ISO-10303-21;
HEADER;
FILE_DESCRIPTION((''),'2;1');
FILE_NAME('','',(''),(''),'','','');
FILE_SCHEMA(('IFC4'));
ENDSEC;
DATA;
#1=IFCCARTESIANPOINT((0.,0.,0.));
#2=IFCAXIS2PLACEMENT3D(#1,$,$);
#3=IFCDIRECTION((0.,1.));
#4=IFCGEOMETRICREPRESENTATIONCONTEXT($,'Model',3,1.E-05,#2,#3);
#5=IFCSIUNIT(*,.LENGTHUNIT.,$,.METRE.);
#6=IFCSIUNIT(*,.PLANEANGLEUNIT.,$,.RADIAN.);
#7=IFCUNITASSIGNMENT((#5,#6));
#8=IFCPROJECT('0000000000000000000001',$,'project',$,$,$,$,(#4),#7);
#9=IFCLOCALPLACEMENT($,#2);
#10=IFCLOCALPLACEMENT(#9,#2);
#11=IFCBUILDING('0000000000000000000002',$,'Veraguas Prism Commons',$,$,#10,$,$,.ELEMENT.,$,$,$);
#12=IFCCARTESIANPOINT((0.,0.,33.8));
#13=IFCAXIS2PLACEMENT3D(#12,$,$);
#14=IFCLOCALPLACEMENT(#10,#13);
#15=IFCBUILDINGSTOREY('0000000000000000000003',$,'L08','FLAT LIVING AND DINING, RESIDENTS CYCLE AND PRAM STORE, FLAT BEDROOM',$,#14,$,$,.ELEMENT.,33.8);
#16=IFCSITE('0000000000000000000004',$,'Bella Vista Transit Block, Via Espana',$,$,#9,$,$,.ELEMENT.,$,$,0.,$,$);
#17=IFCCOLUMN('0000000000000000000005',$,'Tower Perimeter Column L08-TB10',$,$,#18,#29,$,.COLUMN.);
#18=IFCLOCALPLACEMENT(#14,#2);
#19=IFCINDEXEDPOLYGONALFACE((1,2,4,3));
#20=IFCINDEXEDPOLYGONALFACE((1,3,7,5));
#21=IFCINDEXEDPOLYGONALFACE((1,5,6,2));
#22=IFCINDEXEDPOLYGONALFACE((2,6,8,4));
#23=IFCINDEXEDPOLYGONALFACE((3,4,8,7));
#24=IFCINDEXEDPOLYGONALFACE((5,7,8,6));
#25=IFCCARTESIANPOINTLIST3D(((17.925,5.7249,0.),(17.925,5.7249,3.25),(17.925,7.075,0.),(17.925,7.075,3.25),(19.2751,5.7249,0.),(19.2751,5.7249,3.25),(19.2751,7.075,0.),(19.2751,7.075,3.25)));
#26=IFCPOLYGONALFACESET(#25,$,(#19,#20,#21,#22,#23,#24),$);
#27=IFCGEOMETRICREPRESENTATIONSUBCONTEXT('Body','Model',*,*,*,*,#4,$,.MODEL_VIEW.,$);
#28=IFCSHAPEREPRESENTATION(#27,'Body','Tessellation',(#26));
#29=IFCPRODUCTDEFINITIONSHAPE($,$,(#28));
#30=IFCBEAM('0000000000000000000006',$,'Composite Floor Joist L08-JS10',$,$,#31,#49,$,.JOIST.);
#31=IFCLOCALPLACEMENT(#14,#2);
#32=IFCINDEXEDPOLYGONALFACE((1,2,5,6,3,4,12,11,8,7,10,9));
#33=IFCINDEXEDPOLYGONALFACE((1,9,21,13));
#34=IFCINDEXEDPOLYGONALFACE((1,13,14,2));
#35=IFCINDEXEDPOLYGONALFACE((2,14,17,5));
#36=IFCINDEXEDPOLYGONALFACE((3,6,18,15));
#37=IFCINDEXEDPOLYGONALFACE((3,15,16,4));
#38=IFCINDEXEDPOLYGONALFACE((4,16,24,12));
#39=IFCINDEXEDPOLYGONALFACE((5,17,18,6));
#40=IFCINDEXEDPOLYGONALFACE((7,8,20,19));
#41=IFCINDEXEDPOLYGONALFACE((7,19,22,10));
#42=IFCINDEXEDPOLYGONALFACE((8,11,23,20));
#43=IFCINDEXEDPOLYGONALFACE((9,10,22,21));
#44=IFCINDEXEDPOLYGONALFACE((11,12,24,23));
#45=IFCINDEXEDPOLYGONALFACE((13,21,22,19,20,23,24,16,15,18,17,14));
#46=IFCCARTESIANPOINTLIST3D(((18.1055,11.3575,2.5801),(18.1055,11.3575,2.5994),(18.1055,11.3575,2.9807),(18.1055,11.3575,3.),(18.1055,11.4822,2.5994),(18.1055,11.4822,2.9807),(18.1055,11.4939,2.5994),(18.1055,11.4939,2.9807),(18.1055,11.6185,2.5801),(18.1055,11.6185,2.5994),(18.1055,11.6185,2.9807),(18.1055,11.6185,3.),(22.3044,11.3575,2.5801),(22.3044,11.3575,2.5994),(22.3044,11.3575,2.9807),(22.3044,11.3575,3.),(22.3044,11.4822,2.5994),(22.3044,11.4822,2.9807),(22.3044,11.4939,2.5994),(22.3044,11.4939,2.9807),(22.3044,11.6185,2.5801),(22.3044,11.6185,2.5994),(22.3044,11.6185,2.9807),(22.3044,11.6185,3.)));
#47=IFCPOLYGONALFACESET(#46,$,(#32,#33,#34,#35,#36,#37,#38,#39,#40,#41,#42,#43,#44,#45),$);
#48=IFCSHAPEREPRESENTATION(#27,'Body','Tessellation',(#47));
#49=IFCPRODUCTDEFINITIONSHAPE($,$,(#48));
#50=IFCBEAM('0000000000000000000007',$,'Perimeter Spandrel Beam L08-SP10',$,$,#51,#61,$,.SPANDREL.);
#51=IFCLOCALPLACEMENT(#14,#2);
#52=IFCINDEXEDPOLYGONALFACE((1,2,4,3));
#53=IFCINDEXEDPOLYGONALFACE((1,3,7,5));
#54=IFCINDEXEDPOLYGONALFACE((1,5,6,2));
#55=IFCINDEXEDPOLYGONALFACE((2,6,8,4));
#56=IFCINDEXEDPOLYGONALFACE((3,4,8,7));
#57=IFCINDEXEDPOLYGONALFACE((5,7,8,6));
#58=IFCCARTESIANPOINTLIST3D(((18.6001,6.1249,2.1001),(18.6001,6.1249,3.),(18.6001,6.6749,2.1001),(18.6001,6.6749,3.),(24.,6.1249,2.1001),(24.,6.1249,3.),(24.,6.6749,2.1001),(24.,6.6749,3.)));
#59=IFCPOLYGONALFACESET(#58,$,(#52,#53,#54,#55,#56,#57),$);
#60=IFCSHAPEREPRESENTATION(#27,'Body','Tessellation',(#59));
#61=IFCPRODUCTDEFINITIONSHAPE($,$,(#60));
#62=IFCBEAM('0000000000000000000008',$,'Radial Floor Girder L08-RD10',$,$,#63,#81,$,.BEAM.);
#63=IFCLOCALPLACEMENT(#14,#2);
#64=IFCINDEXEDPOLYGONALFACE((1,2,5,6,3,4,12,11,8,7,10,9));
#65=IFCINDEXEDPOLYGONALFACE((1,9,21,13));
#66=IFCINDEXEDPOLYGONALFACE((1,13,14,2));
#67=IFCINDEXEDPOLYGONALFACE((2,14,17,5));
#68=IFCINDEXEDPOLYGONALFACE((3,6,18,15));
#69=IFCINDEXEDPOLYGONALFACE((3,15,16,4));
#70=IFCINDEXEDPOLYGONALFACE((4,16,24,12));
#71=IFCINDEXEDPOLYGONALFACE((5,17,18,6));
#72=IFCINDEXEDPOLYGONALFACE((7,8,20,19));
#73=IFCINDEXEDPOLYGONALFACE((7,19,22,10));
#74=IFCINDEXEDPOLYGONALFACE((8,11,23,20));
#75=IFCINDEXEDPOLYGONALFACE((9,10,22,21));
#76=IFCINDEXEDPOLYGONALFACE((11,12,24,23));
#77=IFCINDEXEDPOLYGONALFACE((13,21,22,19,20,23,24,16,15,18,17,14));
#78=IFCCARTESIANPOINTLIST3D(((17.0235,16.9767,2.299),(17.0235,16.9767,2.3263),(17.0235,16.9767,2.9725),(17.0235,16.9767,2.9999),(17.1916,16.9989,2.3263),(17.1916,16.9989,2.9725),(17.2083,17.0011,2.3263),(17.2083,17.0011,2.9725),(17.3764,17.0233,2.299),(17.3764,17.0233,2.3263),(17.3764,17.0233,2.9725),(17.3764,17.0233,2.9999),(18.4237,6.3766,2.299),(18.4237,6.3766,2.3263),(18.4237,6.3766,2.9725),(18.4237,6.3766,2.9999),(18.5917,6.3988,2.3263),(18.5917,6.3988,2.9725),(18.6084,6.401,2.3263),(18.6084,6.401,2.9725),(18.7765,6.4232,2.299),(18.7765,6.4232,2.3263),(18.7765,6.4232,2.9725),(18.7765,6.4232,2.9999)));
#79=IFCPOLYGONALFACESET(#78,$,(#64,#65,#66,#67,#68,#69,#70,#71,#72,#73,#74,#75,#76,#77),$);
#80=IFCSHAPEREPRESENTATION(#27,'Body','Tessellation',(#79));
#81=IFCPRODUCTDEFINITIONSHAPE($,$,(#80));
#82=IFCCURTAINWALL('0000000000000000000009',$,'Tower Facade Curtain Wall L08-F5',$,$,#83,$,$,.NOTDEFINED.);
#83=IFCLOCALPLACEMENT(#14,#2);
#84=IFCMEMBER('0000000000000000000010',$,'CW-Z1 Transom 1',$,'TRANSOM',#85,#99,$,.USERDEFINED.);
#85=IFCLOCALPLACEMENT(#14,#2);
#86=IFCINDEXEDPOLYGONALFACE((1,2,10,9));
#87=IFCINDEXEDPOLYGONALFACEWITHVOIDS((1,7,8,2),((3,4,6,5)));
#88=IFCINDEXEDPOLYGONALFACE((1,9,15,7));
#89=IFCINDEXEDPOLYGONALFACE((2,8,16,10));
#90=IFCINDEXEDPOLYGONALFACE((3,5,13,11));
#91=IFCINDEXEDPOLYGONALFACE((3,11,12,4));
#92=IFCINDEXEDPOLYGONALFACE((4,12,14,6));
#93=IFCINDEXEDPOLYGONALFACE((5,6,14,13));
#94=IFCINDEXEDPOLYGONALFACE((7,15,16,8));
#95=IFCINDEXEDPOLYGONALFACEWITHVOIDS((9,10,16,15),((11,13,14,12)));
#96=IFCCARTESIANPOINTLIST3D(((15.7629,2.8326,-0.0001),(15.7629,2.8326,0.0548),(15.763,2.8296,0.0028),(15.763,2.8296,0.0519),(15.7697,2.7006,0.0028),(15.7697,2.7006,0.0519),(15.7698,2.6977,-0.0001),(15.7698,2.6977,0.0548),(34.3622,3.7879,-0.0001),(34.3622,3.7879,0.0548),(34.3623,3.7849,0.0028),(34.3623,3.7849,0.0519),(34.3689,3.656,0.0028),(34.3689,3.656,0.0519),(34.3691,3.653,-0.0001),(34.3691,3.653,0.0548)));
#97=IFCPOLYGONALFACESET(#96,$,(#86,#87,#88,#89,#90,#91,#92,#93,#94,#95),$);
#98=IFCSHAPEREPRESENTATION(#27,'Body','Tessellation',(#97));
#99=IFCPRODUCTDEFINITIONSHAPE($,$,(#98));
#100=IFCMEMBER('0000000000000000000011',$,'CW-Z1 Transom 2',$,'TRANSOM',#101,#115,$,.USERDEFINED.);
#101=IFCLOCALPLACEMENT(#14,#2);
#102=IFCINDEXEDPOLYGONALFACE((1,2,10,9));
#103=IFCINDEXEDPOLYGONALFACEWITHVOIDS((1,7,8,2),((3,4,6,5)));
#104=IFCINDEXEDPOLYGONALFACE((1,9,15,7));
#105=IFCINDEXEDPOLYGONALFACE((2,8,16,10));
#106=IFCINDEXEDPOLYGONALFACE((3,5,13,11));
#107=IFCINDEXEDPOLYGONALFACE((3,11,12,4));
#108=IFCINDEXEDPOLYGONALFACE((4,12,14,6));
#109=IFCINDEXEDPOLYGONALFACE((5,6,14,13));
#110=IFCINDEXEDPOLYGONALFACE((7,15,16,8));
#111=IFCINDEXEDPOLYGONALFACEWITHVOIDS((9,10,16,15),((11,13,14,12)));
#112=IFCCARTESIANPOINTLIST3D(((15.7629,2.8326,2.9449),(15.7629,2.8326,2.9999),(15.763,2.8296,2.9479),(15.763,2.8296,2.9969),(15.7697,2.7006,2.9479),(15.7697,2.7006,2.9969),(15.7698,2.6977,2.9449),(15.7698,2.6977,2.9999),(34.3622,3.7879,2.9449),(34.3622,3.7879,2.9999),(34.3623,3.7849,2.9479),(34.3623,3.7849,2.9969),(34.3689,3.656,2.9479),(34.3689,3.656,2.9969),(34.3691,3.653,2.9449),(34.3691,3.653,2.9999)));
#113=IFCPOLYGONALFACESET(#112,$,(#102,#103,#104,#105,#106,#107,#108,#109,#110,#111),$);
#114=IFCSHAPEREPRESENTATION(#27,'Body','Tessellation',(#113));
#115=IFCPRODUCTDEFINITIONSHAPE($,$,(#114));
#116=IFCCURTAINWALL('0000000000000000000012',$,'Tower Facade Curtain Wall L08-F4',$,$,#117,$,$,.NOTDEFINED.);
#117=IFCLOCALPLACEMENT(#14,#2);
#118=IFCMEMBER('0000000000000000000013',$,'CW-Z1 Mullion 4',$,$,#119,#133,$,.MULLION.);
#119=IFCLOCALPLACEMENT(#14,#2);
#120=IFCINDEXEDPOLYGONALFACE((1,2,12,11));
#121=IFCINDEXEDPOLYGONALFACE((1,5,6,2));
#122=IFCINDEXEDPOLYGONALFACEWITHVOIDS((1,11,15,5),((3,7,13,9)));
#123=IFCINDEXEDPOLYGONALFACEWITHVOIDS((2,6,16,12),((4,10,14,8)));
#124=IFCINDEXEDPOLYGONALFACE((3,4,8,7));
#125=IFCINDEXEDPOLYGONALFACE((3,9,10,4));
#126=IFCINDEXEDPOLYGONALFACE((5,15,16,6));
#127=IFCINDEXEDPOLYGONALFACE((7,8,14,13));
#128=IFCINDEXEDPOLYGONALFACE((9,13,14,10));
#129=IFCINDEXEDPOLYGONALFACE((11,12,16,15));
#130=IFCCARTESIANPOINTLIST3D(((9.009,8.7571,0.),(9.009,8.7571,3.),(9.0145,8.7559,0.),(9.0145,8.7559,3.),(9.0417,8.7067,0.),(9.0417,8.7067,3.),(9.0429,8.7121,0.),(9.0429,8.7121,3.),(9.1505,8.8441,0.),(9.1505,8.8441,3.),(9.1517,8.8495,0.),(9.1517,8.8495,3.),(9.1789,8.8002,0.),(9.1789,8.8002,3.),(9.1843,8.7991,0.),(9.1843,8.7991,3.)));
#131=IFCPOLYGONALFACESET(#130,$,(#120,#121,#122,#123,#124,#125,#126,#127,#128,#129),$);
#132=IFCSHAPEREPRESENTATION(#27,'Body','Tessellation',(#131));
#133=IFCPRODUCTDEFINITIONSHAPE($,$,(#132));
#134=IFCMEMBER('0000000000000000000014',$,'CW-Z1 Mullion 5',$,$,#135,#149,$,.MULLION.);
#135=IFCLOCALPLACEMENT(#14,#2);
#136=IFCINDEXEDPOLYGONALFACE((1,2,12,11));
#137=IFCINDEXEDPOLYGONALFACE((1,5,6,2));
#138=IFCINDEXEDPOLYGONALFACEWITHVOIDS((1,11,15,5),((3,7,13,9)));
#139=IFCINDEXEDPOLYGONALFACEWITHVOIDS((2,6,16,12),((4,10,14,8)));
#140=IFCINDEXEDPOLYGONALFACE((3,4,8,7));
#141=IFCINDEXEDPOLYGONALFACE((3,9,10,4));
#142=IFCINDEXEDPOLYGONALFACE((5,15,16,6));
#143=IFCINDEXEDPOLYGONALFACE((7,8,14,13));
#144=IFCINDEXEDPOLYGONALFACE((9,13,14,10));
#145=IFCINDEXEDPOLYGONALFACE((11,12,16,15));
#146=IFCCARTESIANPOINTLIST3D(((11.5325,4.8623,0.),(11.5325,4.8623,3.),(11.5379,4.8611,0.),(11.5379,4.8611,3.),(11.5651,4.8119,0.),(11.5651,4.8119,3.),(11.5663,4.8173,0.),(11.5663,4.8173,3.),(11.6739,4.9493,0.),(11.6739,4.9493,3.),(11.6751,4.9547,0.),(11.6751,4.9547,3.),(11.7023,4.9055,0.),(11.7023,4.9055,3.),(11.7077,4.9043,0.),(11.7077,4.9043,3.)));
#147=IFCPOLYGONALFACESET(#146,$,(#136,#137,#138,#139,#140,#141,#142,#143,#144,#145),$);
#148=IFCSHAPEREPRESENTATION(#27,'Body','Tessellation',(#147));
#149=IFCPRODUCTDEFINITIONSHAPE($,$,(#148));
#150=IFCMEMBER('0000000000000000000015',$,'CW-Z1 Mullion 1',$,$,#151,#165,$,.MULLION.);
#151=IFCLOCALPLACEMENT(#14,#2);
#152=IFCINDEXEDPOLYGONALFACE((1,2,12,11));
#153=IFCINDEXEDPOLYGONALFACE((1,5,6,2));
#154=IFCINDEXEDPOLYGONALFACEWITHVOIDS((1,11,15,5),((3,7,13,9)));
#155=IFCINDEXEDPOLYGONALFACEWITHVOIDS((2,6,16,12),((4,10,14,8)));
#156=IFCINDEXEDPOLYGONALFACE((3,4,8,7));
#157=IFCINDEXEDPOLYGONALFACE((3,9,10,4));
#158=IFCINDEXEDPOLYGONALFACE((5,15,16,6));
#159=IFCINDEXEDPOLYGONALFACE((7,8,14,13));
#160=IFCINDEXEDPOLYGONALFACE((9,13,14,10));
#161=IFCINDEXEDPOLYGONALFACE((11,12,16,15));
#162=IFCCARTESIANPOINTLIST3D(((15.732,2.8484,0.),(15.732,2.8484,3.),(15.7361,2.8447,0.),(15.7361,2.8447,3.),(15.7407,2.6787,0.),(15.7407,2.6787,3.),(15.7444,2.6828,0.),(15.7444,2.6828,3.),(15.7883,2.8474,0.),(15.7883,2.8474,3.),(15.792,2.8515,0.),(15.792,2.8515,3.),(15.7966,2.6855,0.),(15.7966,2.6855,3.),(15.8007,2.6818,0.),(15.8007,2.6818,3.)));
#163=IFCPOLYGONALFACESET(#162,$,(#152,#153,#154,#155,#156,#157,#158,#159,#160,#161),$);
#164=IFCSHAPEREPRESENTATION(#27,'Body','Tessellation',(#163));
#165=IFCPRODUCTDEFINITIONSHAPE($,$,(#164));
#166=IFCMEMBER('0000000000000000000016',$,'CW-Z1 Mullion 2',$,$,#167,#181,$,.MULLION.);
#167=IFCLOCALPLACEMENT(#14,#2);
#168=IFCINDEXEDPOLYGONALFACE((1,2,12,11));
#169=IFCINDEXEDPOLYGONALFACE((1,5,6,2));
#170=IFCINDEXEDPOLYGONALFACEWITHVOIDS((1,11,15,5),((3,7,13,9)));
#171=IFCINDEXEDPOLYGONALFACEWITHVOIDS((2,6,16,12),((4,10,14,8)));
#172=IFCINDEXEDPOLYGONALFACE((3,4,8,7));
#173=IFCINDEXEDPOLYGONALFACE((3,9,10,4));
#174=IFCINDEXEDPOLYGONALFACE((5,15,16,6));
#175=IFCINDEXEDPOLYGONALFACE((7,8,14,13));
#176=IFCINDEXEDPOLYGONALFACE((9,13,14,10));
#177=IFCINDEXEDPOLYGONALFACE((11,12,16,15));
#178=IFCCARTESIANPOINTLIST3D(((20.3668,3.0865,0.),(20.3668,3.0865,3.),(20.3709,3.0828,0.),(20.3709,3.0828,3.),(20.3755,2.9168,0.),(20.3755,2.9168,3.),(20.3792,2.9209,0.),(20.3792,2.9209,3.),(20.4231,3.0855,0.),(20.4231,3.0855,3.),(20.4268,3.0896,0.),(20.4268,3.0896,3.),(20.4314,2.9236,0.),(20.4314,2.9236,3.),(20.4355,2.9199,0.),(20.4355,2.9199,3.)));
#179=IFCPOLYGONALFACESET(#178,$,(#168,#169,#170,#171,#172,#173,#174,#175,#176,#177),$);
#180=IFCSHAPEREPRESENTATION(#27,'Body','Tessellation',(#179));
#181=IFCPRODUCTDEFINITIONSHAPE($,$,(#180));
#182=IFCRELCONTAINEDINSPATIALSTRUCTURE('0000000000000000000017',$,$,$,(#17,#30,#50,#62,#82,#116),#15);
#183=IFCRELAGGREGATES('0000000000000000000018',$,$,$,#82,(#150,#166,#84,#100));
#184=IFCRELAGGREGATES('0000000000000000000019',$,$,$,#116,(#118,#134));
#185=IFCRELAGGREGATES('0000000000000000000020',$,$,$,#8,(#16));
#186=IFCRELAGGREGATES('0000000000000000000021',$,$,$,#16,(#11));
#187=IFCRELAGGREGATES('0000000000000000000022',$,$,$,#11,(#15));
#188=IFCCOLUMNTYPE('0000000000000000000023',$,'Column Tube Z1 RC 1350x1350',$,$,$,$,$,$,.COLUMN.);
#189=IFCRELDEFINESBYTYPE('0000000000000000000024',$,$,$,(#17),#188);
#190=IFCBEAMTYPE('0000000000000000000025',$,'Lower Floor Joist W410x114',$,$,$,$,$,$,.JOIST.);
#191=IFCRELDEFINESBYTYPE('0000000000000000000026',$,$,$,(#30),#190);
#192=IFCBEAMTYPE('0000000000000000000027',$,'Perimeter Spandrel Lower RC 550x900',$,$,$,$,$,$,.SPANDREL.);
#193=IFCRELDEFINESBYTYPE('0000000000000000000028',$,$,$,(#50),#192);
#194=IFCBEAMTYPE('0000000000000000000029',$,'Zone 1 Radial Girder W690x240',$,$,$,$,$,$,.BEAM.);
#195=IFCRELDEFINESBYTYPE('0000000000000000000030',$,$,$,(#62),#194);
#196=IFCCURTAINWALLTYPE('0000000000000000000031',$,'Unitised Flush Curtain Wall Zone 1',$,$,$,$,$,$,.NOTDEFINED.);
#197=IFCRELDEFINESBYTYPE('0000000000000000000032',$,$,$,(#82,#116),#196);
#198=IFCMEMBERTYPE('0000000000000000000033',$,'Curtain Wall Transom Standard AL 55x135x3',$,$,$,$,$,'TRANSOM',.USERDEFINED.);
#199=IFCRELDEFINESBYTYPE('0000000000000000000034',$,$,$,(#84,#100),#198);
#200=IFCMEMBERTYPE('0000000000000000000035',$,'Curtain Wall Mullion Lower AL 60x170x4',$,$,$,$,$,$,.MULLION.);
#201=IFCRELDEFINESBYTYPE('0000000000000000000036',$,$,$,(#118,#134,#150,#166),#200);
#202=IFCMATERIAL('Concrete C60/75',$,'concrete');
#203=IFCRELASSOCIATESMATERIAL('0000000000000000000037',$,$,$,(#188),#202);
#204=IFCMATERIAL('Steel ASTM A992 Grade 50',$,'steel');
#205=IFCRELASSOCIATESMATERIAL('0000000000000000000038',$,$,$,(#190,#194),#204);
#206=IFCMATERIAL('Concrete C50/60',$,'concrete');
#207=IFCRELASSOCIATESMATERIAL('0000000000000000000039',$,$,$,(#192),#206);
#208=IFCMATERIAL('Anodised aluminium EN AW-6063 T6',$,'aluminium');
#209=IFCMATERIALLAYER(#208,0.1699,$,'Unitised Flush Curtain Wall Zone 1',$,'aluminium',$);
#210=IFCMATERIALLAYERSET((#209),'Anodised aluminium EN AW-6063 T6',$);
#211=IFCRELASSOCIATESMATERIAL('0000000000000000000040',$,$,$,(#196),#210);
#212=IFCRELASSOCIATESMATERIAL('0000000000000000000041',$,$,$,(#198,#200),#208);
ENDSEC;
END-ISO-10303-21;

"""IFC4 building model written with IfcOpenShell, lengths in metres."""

from ifc_helpers import new_model, si_unit, direction, frame, origin, origin_2d, place, context, subcontext, project, spatial, rectangle, hollow_rectangle, i_section, extrude, source, transform, mapped, material, layer, layer_set, material_profile, profile_set, type_object, element, aggregate, save


model = new_model("IFC4")

# Units and contexts
model_context = context("Model", 3, precision=1e-05, world=origin(), true_north=direction((0.0, 1.0)))
body_context = subcontext(model_context, "Body", "Model", "MODEL_VIEW")
ifc_project = project(units=[si_unit("LENGTHUNIT", "METRE"), si_unit("PLANEANGLEUNIT", "RADIAN")], contexts=[model_context])

# Site, building, storey
site_placement = place(None, origin())
site = spatial("IfcSite", under=ifc_project, at=site_placement, Name="Bella Vista Transit Block, Via Espana", CompositionType="ELEMENT", RefElevation=0.0)
building_placement = place(site_placement, origin())
building = spatial("IfcBuilding", under=site, at=building_placement, Name="Veraguas Prism Commons", CompositionType="ELEMENT")
storey_placement = place(building_placement, frame((0.0, 0.0, 33.8)))
storey = spatial("IfcBuildingStorey", under=building, at=storey_placement, Name="L08", Description="FLAT LIVING AND DINING, RESIDENTS CYCLE AND PRAM STORE, FLAT BEDROOM", CompositionType="ELEMENT", Elevation=33.8)

# Column
ifc_material_1 = material(Name="Concrete C60/75", Category="concrete")
ifc_material_profile_1 = material_profile(ifc_material_1, rectangle(XDim=1.3501, YDim=1.3501, at=origin_2d()), Name="RC1350X1350")
ifc_profile_set_1 = profile_set([ifc_material_profile_1], Name="Concrete C60/75")
column_type = type_object("IfcColumnType", Name="Column Tube Z1 RC 1350x1350", PredefinedType="COLUMN", material=ifc_profile_set_1)
column_placement = place(storey_placement, frame((18.6001, 6.3999, 0.0), z_axis=(0.0, 0.0, 1.0), x_axis=(1.0, 0.0, 0.0)))
element("IfcColumn", 1, at=column_placement, inside=storey, type_object=column_type, Name="Tower Perimeter Column L08-TB10", PredefinedType="COLUMN", context=body_context, shape_type="SweptSolid", body=[
    extrude(rectangle(XDim=1.3501, YDim=1.3501, at=origin_2d()), origin(), (0.0, 0.0, 1.0), 3.25),
])

# Beams
ifc_material_2 = material(Name="Steel ASTM A992 Grade 50", Category="steel")
ifc_material_profile_2 = material_profile(ifc_material_2, i_section(OverallWidth=0.261, OverallDepth=0.4199, WebThickness=0.0117, FlangeThickness=0.0193, at=origin_2d()), Name="W410X114")
ifc_profile_set_2 = profile_set([ifc_material_profile_2], Name="Steel ASTM A992 Grade 50")
beam_type_1 = type_object("IfcBeamType", Name="Lower Floor Joist W410x114", PredefinedType="JOIST", material=ifc_profile_set_2)
beam_1_placement = place(storey_placement, frame((18.1055, 11.488, 2.79), z_axis=(1.0, 0.0, 0.0), x_axis=(0.0, 1.0, 0.0)))
element("IfcBeam", 2, at=beam_1_placement, inside=storey, type_object=beam_type_1, Name="Composite Floor Joist L08-JS10", PredefinedType="JOIST", context=body_context, shape_type="SweptSolid", body=[
    extrude(i_section(OverallWidth=0.261, OverallDepth=0.4199, WebThickness=0.0117, FlangeThickness=0.0193, at=origin_2d()), origin(), (0.0, 0.0, 1.0), 4.199),
])
ifc_material_3 = material(Name="Concrete C50/60", Category="concrete")
ifc_material_profile_3 = material_profile(ifc_material_3, rectangle(XDim=0.55, YDim=0.8999, at=origin_2d()), Name="RC550X900")
ifc_profile_set_3 = profile_set([ifc_material_profile_3], Name="Concrete C50/60")
beam_type_2 = type_object("IfcBeamType", Name="Perimeter Spandrel Lower RC 550x900", PredefinedType="SPANDREL", material=ifc_profile_set_3)
beam_2_placement = place(storey_placement, frame((18.6001, 6.3999, 2.55), z_axis=(1.0, 0.0, 0.0), x_axis=(0.0, 1.0, 0.0)))
element("IfcBeam", 3, at=beam_2_placement, inside=storey, type_object=beam_type_2, Name="Perimeter Spandrel Beam L08-SP10", PredefinedType="SPANDREL", context=body_context, shape_type="SweptSolid", body=[
    extrude(rectangle(XDim=0.55, YDim=0.8999, at=origin_2d()), origin(), (0.0, 0.0, 1.0), 5.3999),
])
ifc_material_profile_4 = material_profile(ifc_material_2, i_section(OverallWidth=0.356, OverallDepth=0.7009, WebThickness=0.0168, FlangeThickness=0.0273, at=origin_2d()), Name="W690X240")
ifc_profile_set_4 = profile_set([ifc_material_profile_4], Name="Steel ASTM A992 Grade 50")
beam_type_3 = type_object("IfcBeamType", Name="Zone 1 Radial Girder W690x240", PredefinedType="BEAM", material=ifc_profile_set_4)
beam_3_placement = place(storey_placement, frame((18.6001, 6.3999, 2.6494), z_axis=(-0.130951, 0.991389, 0.0), x_axis=(-0.991389, -0.130951, 0.0)))
element("IfcBeam", 4, at=beam_3_placement, inside=storey, type_object=beam_type_3, Name="Radial Floor Girder L08-RD10", PredefinedType="BEAM", context=body_context, shape_type="SweptSolid", body=[
    extrude(i_section(OverallWidth=0.356, OverallDepth=0.7009, WebThickness=0.0168, FlangeThickness=0.0273, at=origin_2d()), origin(), (0.0, 0.0, 1.0), 10.6921),
])

# Curtain walls, members
ifc_material_4 = material(Name="Anodised aluminium EN AW-6063 T6", Category="aluminium")
ifc_layer_1 = layer(ifc_material_4, 0.1699, Name="Unitised Flush Curtain Wall Zone 1", Category="aluminium")
ifc_layer_set_1 = layer_set([ifc_layer_1], Name="Anodised aluminium EN AW-6063 T6")
curtain_wall_type = type_object("IfcCurtainWallType", Name="Unitised Flush Curtain Wall Zone 1", PredefinedType="NOTDEFINED", material=ifc_layer_set_1)
curtain_wall_1_placement = place(storey_placement, origin())
curtain_wall_1 = element("IfcCurtainWall", 5, at=curtain_wall_1_placement, inside=storey, type_object=curtain_wall_type, Name="Tower Facade Curtain Wall L08-F5", PredefinedType="NOTDEFINED")
ifc_material_profile_5 = material_profile(ifc_material_4, hollow_rectangle(XDim=0.0549, YDim=0.135, WallThickness=0.0029, at=origin_2d()), Name="AL55X135X3")
ifc_profile_set_5 = profile_set([ifc_material_profile_5], Name="Anodised aluminium EN AW-6063 T6")
member_type_1 = type_object("IfcMemberType", Name="Curtain Wall Transom Standard AL 55x135x3", ElementType="TRANSOM", PredefinedType="USERDEFINED", material=ifc_profile_set_5)
shared_shape_1 = source(origin(), body_context, "Body", "SweptSolid", [
    extrude(hollow_rectangle(XDim=0.0549, YDim=0.135, WallThickness=0.0029, at=origin_2d()), origin(), (0.0, 0.0, 1.0), 18.6238),
])
member_1_placement = place(storey_placement, frame((15.7664, 2.7651, 0.0273), z_axis=(0.998684, 0.051296, 0.0), x_axis=(0.0, 0.0, 1.0)))
member_1 = element("IfcMember", 6, at=member_1_placement, type_object=member_type_1, Name="CW-Z1 Transom 1", ObjectType="TRANSOM", PredefinedType="USERDEFINED", context=body_context, shape_type="MappedRepresentation", body=[
    mapped(shared_shape_1, transform((0.0, 0.0, 0.0), scale=1.0)),
])
member_2_placement = place(storey_placement, frame((15.7664, 2.7651, 2.9724), z_axis=(0.998684, 0.051296, 0.0), x_axis=(0.0, 0.0, 1.0)))
member_2 = element("IfcMember", 7, at=member_2_placement, type_object=member_type_1, Name="CW-Z1 Transom 2", ObjectType="TRANSOM", PredefinedType="USERDEFINED", context=body_context, shape_type="MappedRepresentation", body=[
    mapped(shared_shape_1, transform((0.0, 0.0, 0.0), scale=1.0)),
])
curtain_wall_2_placement = place(storey_placement, origin())
curtain_wall_2 = element("IfcCurtainWall", 8, at=curtain_wall_2_placement, inside=storey, type_object=curtain_wall_type, Name="Tower Facade Curtain Wall L08-F4", PredefinedType="NOTDEFINED")
ifc_material_profile_6 = material_profile(ifc_material_4, hollow_rectangle(XDim=0.0601, YDim=0.1699, WallThickness=0.0039, at=origin_2d()), Name="AL60X170X4")
ifc_profile_set_6 = profile_set([ifc_material_profile_6], Name="Anodised aluminium EN AW-6063 T6")
member_type_2 = type_object("IfcMemberType", Name="Curtain Wall Mullion Lower AL 60x170x4", PredefinedType="MULLION", material=ifc_profile_set_6)
shared_shape_2 = source(origin(), body_context, "Body", "SweptSolid", [
    extrude(hollow_rectangle(XDim=0.0601, YDim=0.1699, WallThickness=0.0039, at=origin_2d()), origin(), (0.0, 0.0, 1.0), 3.0),
])
member_3_placement = place(storey_placement, frame((9.0967, 8.7781, 0.0), z_axis=(0.0, 0.0, 1.0), x_axis=(0.543766, -0.839237, 0.0)))
member_3 = element("IfcMember", 9, at=member_3_placement, type_object=member_type_2, Name="CW-Z1 Mullion 4", PredefinedType="MULLION", context=body_context, shape_type="MappedRepresentation", body=[
    mapped(shared_shape_2, transform((0.0, 0.0, 0.0), scale=1.0)),
])
member_4_placement = place(storey_placement, frame((11.6201, 4.8833, 0.0), z_axis=(0.0, 0.0, 1.0), x_axis=(0.543766, -0.839237, 0.0)))
member_4 = element("IfcMember", 10, at=member_4_placement, type_object=member_type_2, Name="CW-Z1 Mullion 5", PredefinedType="MULLION", context=body_context, shape_type="MappedRepresentation", body=[
    mapped(shared_shape_2, transform((0.0, 0.0, 0.0), scale=1.0)),
])

# Members
member_5_placement = place(storey_placement, frame((15.7664, 2.7651, 0.0), z_axis=(0.0, 0.0, 1.0), x_axis=(0.998684, 0.05129, 0.0)))
member_5 = element("IfcMember", 11, at=member_5_placement, type_object=member_type_2, Name="CW-Z1 Mullion 1", PredefinedType="MULLION", context=body_context, shape_type="MappedRepresentation", body=[
    mapped(shared_shape_2, transform((0.0, 0.0, 0.0), scale=1.0)),
])
member_6_placement = place(storey_placement, frame((20.4011, 3.0032, 0.0), z_axis=(0.0, 0.0, 1.0), x_axis=(0.998684, 0.05129, 0.0)))
member_6 = element("IfcMember", 12, at=member_6_placement, type_object=member_type_2, Name="CW-Z1 Mullion 2", PredefinedType="MULLION", context=body_context, shape_type="MappedRepresentation", body=[
    mapped(shared_shape_2, transform((0.0, 0.0, 0.0), scale=1.0)),
])

aggregate(curtain_wall_1, [member_5, member_6, member_1, member_2])
aggregate(curtain_wall_2, [member_3, member_4])

save(model, "model.ifc")
